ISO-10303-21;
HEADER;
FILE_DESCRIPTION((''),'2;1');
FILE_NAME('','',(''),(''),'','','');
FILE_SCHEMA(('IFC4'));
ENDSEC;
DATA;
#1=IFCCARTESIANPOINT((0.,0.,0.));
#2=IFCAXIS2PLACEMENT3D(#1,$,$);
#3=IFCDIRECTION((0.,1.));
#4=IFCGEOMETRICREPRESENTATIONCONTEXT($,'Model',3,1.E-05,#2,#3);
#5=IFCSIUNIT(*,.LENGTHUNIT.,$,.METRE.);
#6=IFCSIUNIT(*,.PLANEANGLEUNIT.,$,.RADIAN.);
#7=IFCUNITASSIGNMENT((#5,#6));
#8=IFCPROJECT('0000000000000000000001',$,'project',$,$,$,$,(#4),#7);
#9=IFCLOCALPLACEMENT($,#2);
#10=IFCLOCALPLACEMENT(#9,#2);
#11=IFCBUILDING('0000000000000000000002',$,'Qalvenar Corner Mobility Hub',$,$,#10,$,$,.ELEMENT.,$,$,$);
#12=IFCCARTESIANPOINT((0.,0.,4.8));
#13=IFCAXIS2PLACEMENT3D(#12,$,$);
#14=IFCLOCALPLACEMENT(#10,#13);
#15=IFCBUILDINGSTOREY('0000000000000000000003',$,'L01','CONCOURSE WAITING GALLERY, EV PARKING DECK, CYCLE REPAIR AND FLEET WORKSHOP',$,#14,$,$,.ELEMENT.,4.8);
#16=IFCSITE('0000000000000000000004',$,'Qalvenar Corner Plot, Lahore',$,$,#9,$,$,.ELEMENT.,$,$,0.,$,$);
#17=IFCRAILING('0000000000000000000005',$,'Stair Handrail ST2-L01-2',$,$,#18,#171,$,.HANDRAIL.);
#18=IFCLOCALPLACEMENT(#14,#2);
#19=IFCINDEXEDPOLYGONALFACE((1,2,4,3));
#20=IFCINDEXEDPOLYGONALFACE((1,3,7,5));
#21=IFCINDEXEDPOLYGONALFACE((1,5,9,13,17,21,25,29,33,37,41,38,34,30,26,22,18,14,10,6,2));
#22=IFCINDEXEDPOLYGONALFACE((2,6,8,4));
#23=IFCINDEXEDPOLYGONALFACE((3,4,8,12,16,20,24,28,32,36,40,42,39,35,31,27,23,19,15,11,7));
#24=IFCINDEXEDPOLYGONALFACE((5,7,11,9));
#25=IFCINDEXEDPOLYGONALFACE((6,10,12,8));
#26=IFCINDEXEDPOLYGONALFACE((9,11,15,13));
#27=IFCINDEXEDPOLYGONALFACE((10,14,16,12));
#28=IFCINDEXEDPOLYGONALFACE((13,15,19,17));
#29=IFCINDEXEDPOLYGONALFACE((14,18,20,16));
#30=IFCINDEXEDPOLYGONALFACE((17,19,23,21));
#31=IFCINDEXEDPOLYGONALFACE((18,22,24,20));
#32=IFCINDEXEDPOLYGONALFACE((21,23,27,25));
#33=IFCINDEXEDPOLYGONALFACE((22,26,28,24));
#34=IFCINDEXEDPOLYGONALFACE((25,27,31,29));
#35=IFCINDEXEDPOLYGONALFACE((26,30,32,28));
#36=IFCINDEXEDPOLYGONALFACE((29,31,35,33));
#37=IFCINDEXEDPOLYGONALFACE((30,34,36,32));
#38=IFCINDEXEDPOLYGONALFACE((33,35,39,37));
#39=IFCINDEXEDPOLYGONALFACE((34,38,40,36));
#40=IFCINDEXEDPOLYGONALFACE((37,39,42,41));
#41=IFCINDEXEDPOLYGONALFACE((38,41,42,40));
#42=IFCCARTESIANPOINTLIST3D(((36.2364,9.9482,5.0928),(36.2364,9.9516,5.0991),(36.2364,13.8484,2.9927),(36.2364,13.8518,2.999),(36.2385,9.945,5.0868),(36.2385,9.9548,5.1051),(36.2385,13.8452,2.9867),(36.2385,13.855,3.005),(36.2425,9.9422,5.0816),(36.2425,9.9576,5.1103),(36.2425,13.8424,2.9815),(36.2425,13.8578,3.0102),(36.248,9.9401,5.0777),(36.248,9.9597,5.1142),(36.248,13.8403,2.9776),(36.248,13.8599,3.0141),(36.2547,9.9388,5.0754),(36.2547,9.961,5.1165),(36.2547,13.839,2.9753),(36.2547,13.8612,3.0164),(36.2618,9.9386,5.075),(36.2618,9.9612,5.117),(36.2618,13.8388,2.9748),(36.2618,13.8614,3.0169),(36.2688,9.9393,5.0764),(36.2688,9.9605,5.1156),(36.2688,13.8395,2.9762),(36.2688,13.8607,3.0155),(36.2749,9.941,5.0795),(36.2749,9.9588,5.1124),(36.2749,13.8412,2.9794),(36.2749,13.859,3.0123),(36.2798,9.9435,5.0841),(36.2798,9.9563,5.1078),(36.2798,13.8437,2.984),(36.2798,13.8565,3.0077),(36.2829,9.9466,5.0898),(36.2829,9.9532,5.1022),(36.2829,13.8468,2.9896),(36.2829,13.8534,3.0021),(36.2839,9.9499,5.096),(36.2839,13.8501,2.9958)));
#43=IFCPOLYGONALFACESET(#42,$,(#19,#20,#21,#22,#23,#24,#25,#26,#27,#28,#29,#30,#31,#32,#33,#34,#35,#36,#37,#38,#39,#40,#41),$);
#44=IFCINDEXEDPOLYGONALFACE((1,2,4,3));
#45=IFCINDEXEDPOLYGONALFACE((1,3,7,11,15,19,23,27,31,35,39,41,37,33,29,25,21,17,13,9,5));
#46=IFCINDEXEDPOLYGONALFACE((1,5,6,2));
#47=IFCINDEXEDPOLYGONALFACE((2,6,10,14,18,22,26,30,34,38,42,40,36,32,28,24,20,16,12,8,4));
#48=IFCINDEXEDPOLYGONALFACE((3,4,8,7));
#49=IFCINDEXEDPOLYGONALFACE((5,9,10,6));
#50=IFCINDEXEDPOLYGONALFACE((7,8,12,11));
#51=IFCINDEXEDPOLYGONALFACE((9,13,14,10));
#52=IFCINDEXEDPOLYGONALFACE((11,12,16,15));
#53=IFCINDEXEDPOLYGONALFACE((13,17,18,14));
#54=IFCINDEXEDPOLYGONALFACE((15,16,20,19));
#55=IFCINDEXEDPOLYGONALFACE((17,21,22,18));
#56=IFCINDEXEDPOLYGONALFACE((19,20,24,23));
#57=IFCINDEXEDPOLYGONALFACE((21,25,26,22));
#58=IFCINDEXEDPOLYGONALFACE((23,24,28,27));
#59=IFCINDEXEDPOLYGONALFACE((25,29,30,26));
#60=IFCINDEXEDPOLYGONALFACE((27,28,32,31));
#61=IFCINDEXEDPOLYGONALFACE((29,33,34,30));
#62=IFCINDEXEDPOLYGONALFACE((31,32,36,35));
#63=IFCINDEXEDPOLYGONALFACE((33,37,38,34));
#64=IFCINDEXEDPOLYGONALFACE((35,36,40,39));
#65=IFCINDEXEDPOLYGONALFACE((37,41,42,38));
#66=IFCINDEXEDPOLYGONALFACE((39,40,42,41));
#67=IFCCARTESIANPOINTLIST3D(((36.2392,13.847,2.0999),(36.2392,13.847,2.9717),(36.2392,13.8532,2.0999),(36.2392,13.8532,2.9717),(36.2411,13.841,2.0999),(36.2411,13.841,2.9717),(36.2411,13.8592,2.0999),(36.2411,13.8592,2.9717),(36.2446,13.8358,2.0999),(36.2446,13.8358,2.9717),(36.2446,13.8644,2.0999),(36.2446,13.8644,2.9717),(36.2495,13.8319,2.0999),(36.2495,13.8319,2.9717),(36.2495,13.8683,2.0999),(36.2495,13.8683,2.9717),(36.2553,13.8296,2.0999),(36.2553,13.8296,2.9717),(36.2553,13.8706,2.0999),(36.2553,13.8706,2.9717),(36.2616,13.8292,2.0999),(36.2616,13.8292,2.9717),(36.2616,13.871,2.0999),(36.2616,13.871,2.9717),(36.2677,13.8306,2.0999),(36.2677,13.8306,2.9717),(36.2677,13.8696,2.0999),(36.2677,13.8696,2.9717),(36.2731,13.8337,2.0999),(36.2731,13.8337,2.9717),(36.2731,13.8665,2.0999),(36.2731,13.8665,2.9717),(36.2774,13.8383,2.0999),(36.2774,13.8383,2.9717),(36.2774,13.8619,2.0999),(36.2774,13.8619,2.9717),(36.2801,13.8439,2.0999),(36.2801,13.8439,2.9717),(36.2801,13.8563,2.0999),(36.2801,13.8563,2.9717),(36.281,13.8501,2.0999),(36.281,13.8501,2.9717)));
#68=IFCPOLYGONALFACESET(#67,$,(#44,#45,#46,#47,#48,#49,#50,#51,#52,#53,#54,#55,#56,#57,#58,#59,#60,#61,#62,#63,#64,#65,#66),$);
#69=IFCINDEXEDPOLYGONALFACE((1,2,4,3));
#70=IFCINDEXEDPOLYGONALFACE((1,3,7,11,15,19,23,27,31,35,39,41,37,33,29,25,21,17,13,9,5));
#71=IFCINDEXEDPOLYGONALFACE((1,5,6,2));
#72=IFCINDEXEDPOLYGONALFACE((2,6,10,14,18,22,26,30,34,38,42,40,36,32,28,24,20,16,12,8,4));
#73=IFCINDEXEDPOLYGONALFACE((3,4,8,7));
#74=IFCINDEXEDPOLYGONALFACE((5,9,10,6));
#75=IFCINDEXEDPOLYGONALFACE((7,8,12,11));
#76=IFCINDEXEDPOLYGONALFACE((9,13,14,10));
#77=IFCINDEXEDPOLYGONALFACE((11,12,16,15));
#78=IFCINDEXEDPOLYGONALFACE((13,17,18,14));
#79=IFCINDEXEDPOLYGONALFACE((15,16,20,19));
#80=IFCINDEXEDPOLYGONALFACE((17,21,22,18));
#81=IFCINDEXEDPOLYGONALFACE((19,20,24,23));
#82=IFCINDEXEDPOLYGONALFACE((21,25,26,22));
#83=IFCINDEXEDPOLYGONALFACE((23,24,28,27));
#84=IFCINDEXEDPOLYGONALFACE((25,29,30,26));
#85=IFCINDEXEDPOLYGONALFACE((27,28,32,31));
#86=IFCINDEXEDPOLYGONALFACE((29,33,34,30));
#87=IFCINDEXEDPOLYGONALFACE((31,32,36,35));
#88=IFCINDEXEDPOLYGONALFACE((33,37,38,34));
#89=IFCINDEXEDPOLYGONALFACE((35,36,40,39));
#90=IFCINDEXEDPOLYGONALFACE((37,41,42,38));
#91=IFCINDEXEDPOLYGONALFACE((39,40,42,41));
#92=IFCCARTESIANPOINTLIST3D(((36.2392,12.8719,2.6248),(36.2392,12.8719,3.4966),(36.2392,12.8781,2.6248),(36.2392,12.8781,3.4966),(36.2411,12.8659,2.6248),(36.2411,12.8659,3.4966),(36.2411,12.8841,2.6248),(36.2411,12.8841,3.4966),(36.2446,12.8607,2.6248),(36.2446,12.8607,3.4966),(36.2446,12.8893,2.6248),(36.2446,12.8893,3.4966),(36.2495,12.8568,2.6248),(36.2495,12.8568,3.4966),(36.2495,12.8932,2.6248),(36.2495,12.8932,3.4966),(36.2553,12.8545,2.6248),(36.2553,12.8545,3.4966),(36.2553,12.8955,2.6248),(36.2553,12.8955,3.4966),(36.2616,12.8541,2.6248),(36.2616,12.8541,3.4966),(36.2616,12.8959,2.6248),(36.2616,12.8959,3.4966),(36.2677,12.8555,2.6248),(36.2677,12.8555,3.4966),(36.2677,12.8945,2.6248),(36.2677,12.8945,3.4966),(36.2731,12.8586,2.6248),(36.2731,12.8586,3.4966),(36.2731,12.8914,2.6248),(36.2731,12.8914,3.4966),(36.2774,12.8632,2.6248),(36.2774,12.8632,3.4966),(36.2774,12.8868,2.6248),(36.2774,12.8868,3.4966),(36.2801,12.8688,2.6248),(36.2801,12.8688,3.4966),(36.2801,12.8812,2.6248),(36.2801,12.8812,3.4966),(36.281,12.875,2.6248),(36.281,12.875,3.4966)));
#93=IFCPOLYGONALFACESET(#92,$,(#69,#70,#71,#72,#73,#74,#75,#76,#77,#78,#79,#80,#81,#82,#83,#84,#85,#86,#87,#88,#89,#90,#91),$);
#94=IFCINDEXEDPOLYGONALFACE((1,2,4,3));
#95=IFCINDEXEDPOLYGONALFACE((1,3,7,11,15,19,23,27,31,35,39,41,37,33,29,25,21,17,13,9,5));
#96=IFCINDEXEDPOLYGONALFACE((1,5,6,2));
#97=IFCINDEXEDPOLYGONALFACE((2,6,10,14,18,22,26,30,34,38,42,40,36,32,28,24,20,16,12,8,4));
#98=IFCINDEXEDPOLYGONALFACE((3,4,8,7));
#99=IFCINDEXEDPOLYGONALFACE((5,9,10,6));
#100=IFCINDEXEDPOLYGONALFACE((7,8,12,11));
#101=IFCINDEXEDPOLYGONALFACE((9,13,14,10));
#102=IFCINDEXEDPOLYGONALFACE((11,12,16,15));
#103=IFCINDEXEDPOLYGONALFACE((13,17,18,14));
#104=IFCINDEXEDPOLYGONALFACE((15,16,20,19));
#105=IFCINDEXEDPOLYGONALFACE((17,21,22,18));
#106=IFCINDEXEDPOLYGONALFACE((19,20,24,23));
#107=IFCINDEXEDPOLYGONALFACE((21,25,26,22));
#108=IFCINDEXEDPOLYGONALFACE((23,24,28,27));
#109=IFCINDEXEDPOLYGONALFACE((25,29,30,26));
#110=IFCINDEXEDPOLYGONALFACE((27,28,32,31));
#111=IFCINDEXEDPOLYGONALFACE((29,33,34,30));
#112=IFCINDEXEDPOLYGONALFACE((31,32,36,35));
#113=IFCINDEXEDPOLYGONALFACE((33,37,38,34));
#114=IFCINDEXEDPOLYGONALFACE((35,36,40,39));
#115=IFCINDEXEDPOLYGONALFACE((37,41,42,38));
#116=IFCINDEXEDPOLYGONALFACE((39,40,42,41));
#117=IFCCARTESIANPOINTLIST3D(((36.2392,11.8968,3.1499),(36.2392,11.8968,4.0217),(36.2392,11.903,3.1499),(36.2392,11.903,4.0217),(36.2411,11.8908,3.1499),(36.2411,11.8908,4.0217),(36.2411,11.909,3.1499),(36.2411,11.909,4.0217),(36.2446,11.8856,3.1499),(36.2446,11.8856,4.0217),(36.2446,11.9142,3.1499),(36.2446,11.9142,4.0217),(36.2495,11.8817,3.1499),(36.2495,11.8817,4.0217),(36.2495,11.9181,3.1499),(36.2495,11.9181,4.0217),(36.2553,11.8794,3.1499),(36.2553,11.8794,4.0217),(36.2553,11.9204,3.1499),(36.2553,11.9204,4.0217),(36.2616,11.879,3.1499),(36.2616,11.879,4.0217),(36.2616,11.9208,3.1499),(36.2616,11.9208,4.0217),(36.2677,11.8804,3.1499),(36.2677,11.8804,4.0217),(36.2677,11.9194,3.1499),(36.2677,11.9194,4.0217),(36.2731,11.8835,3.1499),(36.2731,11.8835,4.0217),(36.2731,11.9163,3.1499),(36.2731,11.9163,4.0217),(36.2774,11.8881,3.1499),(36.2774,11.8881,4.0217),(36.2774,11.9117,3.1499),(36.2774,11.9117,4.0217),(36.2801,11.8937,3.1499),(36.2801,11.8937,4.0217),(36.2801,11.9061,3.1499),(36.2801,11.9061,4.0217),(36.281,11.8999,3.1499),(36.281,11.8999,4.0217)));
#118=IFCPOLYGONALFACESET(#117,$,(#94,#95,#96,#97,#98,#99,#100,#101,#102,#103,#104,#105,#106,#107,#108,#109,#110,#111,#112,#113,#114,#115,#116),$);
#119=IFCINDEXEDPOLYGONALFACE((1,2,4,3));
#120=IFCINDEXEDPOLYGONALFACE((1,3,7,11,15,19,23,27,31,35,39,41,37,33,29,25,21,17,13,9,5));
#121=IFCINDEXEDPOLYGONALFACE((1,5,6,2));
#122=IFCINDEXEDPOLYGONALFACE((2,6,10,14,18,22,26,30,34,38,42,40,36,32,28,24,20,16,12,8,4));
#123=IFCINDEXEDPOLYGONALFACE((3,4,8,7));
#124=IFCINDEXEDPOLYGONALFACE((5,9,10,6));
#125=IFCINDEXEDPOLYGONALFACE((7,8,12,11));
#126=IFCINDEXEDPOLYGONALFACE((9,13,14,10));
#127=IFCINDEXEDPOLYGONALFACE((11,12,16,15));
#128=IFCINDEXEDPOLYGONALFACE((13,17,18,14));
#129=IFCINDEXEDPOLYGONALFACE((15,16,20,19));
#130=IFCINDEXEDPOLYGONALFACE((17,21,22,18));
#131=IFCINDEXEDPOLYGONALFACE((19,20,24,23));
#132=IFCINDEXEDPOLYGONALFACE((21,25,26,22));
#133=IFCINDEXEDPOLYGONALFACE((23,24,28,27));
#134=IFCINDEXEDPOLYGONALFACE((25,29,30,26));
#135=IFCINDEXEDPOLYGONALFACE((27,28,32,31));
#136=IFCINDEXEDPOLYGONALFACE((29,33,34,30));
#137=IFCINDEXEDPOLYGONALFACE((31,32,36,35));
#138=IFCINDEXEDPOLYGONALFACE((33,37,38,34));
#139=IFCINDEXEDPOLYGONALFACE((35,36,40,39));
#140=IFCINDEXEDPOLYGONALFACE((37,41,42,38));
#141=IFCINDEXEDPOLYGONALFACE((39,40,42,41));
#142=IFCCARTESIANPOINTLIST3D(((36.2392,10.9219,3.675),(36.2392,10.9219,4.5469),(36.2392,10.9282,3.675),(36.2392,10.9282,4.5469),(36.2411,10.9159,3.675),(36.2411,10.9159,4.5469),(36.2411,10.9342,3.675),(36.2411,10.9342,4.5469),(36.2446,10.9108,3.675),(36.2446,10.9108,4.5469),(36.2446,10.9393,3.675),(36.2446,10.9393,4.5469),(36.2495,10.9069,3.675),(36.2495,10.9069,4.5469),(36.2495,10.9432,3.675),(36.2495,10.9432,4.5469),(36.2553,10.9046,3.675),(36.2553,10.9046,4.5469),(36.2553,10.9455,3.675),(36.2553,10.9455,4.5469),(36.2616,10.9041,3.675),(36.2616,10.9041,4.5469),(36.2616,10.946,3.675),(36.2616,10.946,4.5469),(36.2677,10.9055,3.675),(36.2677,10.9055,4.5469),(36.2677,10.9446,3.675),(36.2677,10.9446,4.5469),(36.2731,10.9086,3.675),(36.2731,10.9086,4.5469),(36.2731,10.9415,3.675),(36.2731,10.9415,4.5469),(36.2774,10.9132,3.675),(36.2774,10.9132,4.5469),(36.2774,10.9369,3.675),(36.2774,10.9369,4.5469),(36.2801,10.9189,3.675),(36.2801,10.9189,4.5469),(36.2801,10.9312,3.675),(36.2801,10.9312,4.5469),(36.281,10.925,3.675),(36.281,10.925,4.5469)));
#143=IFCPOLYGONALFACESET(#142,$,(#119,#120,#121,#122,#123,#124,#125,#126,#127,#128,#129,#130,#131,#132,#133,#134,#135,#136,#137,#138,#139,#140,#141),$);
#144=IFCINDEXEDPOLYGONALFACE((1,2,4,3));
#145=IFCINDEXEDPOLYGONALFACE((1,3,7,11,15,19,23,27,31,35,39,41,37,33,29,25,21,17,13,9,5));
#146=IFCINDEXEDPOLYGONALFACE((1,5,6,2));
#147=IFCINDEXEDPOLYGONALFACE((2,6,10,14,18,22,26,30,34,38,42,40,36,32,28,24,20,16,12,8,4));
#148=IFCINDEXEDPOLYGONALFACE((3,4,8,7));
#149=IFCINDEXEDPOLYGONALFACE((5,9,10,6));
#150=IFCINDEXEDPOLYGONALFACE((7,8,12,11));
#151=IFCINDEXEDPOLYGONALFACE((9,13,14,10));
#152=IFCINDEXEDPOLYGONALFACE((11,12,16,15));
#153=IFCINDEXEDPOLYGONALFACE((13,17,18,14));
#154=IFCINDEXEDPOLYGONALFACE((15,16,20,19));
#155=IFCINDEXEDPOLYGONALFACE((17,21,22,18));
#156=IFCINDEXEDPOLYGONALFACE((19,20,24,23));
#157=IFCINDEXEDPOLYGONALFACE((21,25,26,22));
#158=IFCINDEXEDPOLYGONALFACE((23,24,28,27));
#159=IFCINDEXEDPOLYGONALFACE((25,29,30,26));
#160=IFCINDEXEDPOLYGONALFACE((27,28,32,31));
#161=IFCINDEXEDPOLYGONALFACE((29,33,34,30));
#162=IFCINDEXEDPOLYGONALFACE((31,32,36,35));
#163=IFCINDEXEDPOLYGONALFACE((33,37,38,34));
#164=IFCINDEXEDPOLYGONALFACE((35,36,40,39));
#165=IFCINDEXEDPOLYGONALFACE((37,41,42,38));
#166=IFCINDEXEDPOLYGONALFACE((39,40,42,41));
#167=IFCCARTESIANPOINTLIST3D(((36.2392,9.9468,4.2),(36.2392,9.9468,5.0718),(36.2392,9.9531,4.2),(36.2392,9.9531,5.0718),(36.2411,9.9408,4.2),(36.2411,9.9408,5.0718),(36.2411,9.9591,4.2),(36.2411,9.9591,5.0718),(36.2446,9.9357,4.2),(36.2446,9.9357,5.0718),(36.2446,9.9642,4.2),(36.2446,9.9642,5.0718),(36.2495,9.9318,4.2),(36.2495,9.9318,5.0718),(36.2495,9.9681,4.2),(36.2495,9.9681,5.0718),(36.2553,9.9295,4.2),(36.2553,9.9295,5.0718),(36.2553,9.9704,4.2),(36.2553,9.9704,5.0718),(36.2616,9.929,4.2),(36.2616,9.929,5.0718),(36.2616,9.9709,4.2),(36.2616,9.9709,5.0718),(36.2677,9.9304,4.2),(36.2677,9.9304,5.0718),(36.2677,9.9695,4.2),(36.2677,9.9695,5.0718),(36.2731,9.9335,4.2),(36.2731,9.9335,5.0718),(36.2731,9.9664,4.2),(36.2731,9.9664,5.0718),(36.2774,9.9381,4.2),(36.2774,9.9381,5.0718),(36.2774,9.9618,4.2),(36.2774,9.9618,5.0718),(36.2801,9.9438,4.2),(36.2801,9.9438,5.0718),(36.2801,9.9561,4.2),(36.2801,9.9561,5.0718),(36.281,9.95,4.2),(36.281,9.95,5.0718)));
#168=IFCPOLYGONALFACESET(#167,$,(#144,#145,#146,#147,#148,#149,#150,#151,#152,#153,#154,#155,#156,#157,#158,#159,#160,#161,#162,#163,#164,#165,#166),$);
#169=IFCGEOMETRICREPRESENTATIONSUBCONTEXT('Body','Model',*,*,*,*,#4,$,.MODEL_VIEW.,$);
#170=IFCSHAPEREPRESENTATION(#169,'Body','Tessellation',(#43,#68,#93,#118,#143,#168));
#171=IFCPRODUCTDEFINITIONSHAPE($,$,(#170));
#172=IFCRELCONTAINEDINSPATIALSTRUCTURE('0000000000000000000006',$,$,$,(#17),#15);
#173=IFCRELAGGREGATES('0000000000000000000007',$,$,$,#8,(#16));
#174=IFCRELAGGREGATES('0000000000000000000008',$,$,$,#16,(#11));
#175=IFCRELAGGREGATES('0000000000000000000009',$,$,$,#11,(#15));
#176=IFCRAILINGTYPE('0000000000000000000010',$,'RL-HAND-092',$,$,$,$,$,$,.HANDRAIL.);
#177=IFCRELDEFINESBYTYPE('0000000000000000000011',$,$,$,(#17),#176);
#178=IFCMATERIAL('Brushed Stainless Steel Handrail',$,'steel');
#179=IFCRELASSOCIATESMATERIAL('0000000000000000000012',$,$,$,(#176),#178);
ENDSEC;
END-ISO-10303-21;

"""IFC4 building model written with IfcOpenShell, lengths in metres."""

from ifc_helpers import new_model, si_unit, direction, frame, origin, origin_2d, place, context, subcontext, project, spatial, circle, extrude, material, type_object, element, save


model = new_model("IFC4")

# Units and contexts
model_context = context("Model", 3, precision=1e-05, world=origin(), true_north=direction((0.0, 1.0)))
body_context = subcontext(model_context, "Body", "Model", "MODEL_VIEW")
ifc_project = project(units=[si_unit("LENGTHUNIT", "METRE"), si_unit("PLANEANGLEUNIT", "RADIAN")], contexts=[model_context])

# Site, building, storey
site_placement = place(None, origin())
site = spatial("IfcSite", under=ifc_project, at=site_placement, Name="Qalvenar Corner Plot, Lahore", CompositionType="ELEMENT", RefElevation=0.0)
building_placement = place(site_placement, origin())
building = spatial("IfcBuilding", under=site, at=building_placement, Name="Qalvenar Corner Mobility Hub", CompositionType="ELEMENT")
storey_placement = place(building_placement, frame((0.0, 0.0, 4.8)))
storey = spatial("IfcBuildingStorey", under=building, at=storey_placement, Name="L01", Description="CONCOURSE WAITING GALLERY, EV PARKING DECK, CYCLE REPAIR AND FLEET WORKSHOP", CompositionType="ELEMENT", Elevation=4.8)

# Railing
ifc_material_1 = material(Name="Brushed Stainless Steel Handrail", Category="steel")
railing_type_1 = type_object("IfcRailingType", Name="RL-HAND-092", PredefinedType="HANDRAIL", material=ifc_material_1)
railing_1_placement = place(storey_placement, frame((36.26, 13.8501, 2.0999)))
element("IfcRailing", 1, at=railing_1_placement, inside=storey, type_object=railing_type_1, Name="Stair Handrail ST2-L01-2", PredefinedType="HANDRAIL", context=body_context, shape_type="SweptSolid", body=[
    extrude(circle(Radius=0.0239, at=origin_2d()), frame((0.0, 0.0, 0.896), z_axis=(0.0, -0.880469, 0.474103), x_axis=(1.0, 0.0, 0.0)), (0.0, 0.0, 1.0), 4.4297),
    extrude(circle(Radius=0.021, at=origin_2d()), origin(), (0.0, 0.0, 1.0), 0.8718),
    extrude(circle(Radius=0.021, at=origin_2d()), frame((0.0, -0.9751, 0.5249)), (0.0, 0.0, 1.0), 0.8718),
    extrude(circle(Radius=0.021, at=origin_2d()), frame((0.0, -1.9502, 1.05)), (0.0, 0.0, 1.0), 0.8718),
    extrude(circle(Radius=0.021, at=origin_2d()), frame((0.0, -2.925, 1.5752)), (0.0, 0.0, 1.0), 0.8718),
    extrude(circle(Radius=0.021, at=origin_2d()), frame((0.0, -3.9001, 2.1001)), (0.0, 0.0, 1.0), 0.8718),
])

save(model, "model.ifc")
